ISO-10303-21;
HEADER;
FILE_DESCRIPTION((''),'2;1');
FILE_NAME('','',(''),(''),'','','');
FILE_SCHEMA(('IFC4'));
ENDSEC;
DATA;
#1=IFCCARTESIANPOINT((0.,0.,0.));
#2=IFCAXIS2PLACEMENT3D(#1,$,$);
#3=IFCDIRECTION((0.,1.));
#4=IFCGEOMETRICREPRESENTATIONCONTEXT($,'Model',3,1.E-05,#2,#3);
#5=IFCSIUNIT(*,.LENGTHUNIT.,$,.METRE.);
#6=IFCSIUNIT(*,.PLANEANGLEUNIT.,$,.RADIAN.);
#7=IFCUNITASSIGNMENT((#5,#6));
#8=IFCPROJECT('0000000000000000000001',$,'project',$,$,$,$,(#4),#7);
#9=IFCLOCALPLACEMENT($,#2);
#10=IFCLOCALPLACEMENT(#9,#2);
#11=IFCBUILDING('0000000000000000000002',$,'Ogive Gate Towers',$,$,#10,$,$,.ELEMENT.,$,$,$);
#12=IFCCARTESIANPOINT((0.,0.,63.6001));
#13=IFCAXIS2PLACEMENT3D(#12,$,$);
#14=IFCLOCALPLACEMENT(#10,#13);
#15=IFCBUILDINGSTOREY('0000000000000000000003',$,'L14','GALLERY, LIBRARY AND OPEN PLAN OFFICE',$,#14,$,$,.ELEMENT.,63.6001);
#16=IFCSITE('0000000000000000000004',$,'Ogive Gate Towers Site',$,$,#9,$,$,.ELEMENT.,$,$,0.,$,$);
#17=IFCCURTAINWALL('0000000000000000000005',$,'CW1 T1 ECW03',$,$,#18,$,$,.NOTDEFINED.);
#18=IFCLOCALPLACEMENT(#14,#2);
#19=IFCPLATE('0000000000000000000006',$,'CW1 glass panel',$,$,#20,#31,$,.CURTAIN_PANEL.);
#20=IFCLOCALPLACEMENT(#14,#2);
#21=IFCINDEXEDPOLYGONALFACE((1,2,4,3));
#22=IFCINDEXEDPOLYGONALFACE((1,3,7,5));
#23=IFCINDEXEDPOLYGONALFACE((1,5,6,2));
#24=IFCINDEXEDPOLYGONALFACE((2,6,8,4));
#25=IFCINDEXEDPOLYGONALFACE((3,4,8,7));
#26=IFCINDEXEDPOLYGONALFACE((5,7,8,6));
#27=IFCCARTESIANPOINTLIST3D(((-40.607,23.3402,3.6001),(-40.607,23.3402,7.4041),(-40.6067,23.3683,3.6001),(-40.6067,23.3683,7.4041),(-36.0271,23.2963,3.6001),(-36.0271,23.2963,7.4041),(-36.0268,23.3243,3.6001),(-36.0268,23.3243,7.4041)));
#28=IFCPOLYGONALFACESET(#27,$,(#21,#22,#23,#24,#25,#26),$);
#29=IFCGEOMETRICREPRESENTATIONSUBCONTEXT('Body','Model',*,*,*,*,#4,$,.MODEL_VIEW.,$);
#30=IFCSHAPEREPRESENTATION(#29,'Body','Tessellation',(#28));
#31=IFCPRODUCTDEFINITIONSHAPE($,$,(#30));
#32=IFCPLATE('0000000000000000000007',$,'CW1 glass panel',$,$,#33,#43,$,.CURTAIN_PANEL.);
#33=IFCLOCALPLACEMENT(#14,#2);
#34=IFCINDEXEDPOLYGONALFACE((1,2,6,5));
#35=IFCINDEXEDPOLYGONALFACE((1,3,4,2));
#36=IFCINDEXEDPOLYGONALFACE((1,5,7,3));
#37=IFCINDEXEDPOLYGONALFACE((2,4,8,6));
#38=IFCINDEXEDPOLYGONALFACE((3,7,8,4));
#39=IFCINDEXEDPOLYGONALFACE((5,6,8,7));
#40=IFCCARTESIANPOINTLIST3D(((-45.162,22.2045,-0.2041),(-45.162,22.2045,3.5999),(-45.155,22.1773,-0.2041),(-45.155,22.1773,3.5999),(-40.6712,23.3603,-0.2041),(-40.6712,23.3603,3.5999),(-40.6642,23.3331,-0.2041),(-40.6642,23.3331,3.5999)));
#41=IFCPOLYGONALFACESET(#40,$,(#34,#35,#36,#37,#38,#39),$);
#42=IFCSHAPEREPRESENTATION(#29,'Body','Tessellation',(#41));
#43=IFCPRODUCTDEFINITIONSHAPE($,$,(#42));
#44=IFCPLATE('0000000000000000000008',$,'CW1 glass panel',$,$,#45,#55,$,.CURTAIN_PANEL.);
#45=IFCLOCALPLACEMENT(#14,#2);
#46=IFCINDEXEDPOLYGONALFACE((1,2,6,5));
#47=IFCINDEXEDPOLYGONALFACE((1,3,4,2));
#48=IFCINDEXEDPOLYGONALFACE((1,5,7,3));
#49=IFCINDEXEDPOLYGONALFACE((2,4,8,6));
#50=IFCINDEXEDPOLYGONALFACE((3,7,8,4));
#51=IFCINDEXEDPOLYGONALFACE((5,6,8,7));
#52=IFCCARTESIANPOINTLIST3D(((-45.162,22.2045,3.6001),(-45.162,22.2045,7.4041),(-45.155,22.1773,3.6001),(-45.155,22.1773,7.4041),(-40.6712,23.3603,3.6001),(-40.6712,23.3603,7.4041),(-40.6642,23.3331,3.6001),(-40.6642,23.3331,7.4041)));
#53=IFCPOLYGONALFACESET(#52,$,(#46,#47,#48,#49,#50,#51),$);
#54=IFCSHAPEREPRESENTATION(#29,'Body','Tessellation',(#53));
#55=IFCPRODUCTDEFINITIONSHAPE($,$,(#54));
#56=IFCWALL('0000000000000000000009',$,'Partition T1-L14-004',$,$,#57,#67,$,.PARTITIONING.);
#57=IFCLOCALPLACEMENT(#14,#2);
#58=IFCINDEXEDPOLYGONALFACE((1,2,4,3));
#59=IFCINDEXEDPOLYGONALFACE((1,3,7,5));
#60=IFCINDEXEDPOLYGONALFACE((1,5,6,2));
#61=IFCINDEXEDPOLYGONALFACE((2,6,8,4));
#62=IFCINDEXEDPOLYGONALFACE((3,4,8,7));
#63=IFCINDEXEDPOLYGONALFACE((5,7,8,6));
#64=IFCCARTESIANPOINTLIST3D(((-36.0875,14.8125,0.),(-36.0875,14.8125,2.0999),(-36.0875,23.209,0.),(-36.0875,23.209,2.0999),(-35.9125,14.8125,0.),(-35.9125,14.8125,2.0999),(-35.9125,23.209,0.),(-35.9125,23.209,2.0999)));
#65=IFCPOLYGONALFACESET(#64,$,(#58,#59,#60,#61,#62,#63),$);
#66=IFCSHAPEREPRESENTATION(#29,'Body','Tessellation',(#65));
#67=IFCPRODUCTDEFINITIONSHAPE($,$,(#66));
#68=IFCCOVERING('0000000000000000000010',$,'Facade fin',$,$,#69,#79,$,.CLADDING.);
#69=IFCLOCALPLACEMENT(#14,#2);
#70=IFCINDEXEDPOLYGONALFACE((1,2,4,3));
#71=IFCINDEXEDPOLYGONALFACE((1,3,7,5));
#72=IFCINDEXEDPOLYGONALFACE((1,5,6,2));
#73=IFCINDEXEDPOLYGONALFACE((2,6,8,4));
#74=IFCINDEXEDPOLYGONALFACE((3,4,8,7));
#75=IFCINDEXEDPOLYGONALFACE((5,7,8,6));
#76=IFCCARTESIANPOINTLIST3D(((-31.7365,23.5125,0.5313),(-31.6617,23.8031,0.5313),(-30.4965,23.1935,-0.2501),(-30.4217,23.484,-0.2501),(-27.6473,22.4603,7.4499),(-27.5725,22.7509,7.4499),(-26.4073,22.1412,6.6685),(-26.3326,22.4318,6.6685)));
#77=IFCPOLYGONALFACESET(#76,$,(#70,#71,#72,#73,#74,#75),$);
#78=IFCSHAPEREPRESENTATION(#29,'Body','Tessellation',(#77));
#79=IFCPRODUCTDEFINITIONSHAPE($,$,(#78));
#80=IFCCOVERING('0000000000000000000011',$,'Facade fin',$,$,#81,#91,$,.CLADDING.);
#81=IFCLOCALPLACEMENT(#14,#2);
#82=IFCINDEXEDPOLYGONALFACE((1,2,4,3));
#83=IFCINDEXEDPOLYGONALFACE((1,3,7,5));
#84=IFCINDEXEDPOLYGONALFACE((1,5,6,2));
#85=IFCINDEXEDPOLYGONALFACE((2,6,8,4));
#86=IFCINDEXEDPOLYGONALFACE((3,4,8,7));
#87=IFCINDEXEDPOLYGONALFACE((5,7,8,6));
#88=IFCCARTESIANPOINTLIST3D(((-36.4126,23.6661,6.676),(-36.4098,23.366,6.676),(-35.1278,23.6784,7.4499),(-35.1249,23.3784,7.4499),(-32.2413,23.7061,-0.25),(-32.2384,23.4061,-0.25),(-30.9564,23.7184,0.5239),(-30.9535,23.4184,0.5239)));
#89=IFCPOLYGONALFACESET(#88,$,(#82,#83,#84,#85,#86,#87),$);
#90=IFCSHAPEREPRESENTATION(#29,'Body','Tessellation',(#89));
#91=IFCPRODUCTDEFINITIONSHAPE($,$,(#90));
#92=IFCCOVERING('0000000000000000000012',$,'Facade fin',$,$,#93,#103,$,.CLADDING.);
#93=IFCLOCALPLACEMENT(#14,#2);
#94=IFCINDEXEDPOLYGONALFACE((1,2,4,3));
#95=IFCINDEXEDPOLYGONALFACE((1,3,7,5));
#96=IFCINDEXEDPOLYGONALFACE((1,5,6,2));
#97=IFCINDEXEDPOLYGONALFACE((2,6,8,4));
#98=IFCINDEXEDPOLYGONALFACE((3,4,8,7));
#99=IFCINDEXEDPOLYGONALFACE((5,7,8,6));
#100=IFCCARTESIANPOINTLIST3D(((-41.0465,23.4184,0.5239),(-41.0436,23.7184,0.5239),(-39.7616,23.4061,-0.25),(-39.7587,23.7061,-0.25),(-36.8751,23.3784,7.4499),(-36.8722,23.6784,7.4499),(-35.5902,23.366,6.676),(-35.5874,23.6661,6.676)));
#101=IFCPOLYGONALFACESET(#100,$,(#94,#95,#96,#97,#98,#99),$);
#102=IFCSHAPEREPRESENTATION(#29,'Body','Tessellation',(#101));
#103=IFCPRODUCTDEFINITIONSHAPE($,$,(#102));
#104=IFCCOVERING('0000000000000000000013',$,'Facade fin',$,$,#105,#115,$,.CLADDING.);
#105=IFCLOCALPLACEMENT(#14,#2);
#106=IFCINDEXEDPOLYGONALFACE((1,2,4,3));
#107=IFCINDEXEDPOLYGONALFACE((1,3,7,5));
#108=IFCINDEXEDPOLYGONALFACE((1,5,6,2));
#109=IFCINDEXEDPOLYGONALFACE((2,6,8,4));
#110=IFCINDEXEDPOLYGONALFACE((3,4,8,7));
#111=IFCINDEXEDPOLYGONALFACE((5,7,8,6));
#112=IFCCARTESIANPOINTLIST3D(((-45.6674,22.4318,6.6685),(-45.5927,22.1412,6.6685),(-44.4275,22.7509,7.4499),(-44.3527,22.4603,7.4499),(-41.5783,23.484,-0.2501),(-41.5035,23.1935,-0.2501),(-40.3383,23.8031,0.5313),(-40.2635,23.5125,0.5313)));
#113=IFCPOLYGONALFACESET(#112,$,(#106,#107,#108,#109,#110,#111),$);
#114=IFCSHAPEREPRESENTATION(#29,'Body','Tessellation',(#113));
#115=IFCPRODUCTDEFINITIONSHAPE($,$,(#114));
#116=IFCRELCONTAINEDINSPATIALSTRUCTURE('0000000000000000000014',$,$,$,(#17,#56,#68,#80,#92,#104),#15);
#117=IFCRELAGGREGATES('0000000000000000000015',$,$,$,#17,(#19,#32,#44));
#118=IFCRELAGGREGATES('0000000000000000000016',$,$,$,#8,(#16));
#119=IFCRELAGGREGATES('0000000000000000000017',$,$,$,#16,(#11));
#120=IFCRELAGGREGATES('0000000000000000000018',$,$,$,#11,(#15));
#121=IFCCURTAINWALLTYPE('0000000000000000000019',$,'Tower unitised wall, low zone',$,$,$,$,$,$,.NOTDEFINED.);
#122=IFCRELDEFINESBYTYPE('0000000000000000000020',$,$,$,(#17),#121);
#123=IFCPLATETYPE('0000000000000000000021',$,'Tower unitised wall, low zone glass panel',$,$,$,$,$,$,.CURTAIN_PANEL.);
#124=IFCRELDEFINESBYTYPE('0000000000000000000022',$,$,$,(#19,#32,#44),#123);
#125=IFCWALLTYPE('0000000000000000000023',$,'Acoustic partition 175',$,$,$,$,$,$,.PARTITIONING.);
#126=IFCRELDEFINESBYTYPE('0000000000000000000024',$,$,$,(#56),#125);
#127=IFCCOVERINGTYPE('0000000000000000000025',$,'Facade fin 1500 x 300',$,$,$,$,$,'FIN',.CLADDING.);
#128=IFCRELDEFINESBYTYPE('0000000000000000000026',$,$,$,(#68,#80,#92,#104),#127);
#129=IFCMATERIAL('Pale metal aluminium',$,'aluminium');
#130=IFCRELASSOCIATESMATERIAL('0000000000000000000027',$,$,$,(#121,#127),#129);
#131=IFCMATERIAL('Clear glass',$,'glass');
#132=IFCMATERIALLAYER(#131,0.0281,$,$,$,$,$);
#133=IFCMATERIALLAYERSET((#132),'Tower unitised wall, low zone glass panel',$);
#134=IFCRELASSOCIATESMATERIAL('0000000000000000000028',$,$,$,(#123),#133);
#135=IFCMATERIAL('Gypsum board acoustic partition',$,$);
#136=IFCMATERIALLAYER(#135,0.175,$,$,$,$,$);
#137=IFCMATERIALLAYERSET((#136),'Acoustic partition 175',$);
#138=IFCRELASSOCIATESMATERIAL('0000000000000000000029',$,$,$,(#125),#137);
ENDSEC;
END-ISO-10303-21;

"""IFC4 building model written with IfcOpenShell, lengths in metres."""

from ifc_helpers import new_model, si_unit, direction, frame, frame_2d, origin, origin_2d, place, context, subcontext, project, spatial, rectangle, extrude, material, layer, layer_set, material_profile, profile_set, type_object, element, aggregate, save


model = new_model("IFC4")

# Units and contexts
model_context = context("Model", 3, precision=1e-05, world=origin(), true_north=direction((0.0, 1.0)))
body_context = subcontext(model_context, "Body", "Model", "MODEL_VIEW")
ifc_project = project(units=[si_unit("LENGTHUNIT", "METRE"), si_unit("PLANEANGLEUNIT", "RADIAN")], contexts=[model_context])

# Site, building, storey
site_placement = place(None, origin())
site = spatial("IfcSite", under=ifc_project, at=site_placement, Name="Ogive Gate Towers Site", CompositionType="ELEMENT", RefElevation=0.0)
building_placement = place(site_placement, origin())
building = spatial("IfcBuilding", under=site, at=building_placement, Name="Ogive Gate Towers", CompositionType="ELEMENT")
storey_placement = place(building_placement, frame((0.0, 0.0, 63.6001)))
storey = spatial("IfcBuildingStorey", under=building, at=storey_placement, Name="L14", Description="GALLERY, LIBRARY AND OPEN PLAN OFFICE", CompositionType="ELEMENT", Elevation=63.6001)

# Shared definitions
ifc_material_1 = material(Name="Pale metal aluminium", Category="aluminium")
curtain_wall_type = type_object("IfcCurtainWallType", Name="Tower unitised wall, low zone", PredefinedType="NOTDEFINED", material=ifc_material_1)

# Curtain wall
curtain_wall_1_placement = place(storey_placement, origin())
curtain_wall_1 = element("IfcCurtainWall", 1, at=curtain_wall_1_placement, inside=storey, type_object=curtain_wall_type, Name="CW1 T1 ECW03", PredefinedType="NOTDEFINED")

# Plates
ifc_material_2 = material(Name="Clear glass", Category="glass")
ifc_layer_1 = layer(ifc_material_2, 0.0281)
ifc_layer_set_1 = layer_set([ifc_layer_1], Name="Tower unitised wall, low zone glass panel")
plate_type = type_object("IfcPlateType", Name="Tower unitised wall, low zone glass panel", PredefinedType="CURTAIN_PANEL", material=ifc_layer_set_1)
plate_1_placement = place(storey_placement, frame((-38.3169, 23.3323, 3.6001), z_axis=(0.0, 0.0, 1.0), x_axis=(-0.999954, 0.009599, 0.0)))
plate_1 = element("IfcPlate", 2, at=plate_1_placement, type_object=plate_type, Name="CW1 glass panel", PredefinedType="CURTAIN_PANEL", context=body_context, shape_type="SweptSolid", body=[
    extrude(rectangle(XDim=4.5801, YDim=0.0281, at=origin_2d()), origin(), (0.0, 0.0, 1.0), 3.804),
])
plate_2_placement = place(storey_placement, frame((-42.9131, 22.7688, -0.2041), z_axis=(0.0, 0.0, 1.0), x_axis=(-0.96844, -0.249248, 0.0)))
plate_2 = element("IfcPlate", 3, at=plate_2_placement, type_object=plate_type, Name="CW1 glass panel", PredefinedType="CURTAIN_PANEL", context=body_context, shape_type="SweptSolid", body=[
    extrude(rectangle(XDim=4.6372, YDim=0.0281, at=origin_2d()), origin(), (0.0, 0.0, 1.0), 3.804),
])
plate_3_placement = place(storey_placement, frame((-42.9131, 22.7688, 3.6001), z_axis=(0.0, 0.0, 1.0), x_axis=(-0.96844, -0.249248, 0.0)))
plate_3 = element("IfcPlate", 4, at=plate_3_placement, type_object=plate_type, Name="CW1 glass panel", PredefinedType="CURTAIN_PANEL", context=body_context, shape_type="SweptSolid", body=[
    extrude(rectangle(XDim=4.6372, YDim=0.0281, at=origin_2d()), origin(), (0.0, 0.0, 1.0), 3.804),
])
aggregate(curtain_wall_1, [plate_1, plate_2, plate_3])

# Wall
ifc_material_3 = material(Name="Gypsum board acoustic partition")
ifc_layer_2 = layer(ifc_material_3, 0.175)
ifc_layer_set_2 = layer_set([ifc_layer_2], Name="Acoustic partition 175")
wall_type = type_object("IfcWallType", Name="Acoustic partition 175", PredefinedType="PARTITIONING", material=ifc_layer_set_2)
wall_placement = place(storey_placement, frame((-36.0, 23.209, 0.0), z_axis=(0.0, 0.0, 1.0), x_axis=(0.0, -1.0, 0.0)))
element("IfcWall", 5, at=wall_placement, inside=storey, type_object=wall_type, Name="Partition T1-L14-004", PredefinedType="PARTITIONING", context=body_context, shape_type="SweptSolid", body=[
    extrude(rectangle(XDim=8.3965, YDim=0.175, at=frame_2d((4.1982, 0.0))), origin(), (0.0, 0.0, 1.0), 2.0999),
])

# Coverings
ifc_material_profile_1 = material_profile(ifc_material_1, rectangle(XDim=0.3, YDim=1.5, at=origin_2d()), Name="1500 x 300 pale metal aluminium")
ifc_profile_set_1 = profile_set([ifc_material_profile_1], Name="Pale metal aluminium")
covering_type = type_object("IfcCoveringType", Name="Facade fin 1500 x 300", ElementType="FIN", PredefinedType="CLADDING", material=ifc_profile_set_1)
covering_1_placement = place(storey_placement, frame((-31.0791, 23.4983, 0.1406), z_axis=(0.504509, -0.129825, 0.85359), x_axis=(0.24921, 0.968449, 0.0)))
element("IfcCovering", 6, at=covering_1_placement, inside=storey, type_object=covering_type, Name="Facade fin", PredefinedType="CLADDING", context=body_context, shape_type="SweptSolid", body=[
    extrude(rectangle(XDim=0.3, YDim=1.5, at=origin_2d()), origin(), (0.0, 0.0, 1.0), 8.1052),
])
for number, where, z_axis, x_axis, name in (
    (7, (-31.5974, 23.5623, 0.137), (-0.515923, -0.004952, 0.856621), (0.009598, -0.999954, 0.0), "Facade fin"),
    (8, (-40.4026, 23.5623, 0.137), (0.515923, -0.004952, 0.856621), (0.009598, 0.999954, 0.0), "Facade fin"),
):
    element("IfcCovering", number, at=place(storey_placement, frame(where, z_axis=z_axis, x_axis=x_axis)), inside=storey, type_object=covering_type, Name=name, PredefinedType="CLADDING", context=body_context, shape_type="SweptSolid", body=[
        extrude(rectangle(XDim=0.3, YDim=1.5, at=origin_2d()), origin(), (0.0, 0.0, 1.0), 8.0852),
    ])
covering_2_placement = place(storey_placement, frame((-40.9209, 23.4983, 0.1406), z_axis=(-0.504509, -0.129825, 0.85359), x_axis=(0.24921, -0.968449, 0.0)))
element("IfcCovering", 9, at=covering_2_placement, inside=storey, type_object=covering_type, Name="Facade fin", PredefinedType="CLADDING", context=body_context, shape_type="SweptSolid", body=[
    extrude(rectangle(XDim=0.3, YDim=1.5, at=origin_2d()), origin(), (0.0, 0.0, 1.0), 8.1052),
])

save(model, "model.ifc")
